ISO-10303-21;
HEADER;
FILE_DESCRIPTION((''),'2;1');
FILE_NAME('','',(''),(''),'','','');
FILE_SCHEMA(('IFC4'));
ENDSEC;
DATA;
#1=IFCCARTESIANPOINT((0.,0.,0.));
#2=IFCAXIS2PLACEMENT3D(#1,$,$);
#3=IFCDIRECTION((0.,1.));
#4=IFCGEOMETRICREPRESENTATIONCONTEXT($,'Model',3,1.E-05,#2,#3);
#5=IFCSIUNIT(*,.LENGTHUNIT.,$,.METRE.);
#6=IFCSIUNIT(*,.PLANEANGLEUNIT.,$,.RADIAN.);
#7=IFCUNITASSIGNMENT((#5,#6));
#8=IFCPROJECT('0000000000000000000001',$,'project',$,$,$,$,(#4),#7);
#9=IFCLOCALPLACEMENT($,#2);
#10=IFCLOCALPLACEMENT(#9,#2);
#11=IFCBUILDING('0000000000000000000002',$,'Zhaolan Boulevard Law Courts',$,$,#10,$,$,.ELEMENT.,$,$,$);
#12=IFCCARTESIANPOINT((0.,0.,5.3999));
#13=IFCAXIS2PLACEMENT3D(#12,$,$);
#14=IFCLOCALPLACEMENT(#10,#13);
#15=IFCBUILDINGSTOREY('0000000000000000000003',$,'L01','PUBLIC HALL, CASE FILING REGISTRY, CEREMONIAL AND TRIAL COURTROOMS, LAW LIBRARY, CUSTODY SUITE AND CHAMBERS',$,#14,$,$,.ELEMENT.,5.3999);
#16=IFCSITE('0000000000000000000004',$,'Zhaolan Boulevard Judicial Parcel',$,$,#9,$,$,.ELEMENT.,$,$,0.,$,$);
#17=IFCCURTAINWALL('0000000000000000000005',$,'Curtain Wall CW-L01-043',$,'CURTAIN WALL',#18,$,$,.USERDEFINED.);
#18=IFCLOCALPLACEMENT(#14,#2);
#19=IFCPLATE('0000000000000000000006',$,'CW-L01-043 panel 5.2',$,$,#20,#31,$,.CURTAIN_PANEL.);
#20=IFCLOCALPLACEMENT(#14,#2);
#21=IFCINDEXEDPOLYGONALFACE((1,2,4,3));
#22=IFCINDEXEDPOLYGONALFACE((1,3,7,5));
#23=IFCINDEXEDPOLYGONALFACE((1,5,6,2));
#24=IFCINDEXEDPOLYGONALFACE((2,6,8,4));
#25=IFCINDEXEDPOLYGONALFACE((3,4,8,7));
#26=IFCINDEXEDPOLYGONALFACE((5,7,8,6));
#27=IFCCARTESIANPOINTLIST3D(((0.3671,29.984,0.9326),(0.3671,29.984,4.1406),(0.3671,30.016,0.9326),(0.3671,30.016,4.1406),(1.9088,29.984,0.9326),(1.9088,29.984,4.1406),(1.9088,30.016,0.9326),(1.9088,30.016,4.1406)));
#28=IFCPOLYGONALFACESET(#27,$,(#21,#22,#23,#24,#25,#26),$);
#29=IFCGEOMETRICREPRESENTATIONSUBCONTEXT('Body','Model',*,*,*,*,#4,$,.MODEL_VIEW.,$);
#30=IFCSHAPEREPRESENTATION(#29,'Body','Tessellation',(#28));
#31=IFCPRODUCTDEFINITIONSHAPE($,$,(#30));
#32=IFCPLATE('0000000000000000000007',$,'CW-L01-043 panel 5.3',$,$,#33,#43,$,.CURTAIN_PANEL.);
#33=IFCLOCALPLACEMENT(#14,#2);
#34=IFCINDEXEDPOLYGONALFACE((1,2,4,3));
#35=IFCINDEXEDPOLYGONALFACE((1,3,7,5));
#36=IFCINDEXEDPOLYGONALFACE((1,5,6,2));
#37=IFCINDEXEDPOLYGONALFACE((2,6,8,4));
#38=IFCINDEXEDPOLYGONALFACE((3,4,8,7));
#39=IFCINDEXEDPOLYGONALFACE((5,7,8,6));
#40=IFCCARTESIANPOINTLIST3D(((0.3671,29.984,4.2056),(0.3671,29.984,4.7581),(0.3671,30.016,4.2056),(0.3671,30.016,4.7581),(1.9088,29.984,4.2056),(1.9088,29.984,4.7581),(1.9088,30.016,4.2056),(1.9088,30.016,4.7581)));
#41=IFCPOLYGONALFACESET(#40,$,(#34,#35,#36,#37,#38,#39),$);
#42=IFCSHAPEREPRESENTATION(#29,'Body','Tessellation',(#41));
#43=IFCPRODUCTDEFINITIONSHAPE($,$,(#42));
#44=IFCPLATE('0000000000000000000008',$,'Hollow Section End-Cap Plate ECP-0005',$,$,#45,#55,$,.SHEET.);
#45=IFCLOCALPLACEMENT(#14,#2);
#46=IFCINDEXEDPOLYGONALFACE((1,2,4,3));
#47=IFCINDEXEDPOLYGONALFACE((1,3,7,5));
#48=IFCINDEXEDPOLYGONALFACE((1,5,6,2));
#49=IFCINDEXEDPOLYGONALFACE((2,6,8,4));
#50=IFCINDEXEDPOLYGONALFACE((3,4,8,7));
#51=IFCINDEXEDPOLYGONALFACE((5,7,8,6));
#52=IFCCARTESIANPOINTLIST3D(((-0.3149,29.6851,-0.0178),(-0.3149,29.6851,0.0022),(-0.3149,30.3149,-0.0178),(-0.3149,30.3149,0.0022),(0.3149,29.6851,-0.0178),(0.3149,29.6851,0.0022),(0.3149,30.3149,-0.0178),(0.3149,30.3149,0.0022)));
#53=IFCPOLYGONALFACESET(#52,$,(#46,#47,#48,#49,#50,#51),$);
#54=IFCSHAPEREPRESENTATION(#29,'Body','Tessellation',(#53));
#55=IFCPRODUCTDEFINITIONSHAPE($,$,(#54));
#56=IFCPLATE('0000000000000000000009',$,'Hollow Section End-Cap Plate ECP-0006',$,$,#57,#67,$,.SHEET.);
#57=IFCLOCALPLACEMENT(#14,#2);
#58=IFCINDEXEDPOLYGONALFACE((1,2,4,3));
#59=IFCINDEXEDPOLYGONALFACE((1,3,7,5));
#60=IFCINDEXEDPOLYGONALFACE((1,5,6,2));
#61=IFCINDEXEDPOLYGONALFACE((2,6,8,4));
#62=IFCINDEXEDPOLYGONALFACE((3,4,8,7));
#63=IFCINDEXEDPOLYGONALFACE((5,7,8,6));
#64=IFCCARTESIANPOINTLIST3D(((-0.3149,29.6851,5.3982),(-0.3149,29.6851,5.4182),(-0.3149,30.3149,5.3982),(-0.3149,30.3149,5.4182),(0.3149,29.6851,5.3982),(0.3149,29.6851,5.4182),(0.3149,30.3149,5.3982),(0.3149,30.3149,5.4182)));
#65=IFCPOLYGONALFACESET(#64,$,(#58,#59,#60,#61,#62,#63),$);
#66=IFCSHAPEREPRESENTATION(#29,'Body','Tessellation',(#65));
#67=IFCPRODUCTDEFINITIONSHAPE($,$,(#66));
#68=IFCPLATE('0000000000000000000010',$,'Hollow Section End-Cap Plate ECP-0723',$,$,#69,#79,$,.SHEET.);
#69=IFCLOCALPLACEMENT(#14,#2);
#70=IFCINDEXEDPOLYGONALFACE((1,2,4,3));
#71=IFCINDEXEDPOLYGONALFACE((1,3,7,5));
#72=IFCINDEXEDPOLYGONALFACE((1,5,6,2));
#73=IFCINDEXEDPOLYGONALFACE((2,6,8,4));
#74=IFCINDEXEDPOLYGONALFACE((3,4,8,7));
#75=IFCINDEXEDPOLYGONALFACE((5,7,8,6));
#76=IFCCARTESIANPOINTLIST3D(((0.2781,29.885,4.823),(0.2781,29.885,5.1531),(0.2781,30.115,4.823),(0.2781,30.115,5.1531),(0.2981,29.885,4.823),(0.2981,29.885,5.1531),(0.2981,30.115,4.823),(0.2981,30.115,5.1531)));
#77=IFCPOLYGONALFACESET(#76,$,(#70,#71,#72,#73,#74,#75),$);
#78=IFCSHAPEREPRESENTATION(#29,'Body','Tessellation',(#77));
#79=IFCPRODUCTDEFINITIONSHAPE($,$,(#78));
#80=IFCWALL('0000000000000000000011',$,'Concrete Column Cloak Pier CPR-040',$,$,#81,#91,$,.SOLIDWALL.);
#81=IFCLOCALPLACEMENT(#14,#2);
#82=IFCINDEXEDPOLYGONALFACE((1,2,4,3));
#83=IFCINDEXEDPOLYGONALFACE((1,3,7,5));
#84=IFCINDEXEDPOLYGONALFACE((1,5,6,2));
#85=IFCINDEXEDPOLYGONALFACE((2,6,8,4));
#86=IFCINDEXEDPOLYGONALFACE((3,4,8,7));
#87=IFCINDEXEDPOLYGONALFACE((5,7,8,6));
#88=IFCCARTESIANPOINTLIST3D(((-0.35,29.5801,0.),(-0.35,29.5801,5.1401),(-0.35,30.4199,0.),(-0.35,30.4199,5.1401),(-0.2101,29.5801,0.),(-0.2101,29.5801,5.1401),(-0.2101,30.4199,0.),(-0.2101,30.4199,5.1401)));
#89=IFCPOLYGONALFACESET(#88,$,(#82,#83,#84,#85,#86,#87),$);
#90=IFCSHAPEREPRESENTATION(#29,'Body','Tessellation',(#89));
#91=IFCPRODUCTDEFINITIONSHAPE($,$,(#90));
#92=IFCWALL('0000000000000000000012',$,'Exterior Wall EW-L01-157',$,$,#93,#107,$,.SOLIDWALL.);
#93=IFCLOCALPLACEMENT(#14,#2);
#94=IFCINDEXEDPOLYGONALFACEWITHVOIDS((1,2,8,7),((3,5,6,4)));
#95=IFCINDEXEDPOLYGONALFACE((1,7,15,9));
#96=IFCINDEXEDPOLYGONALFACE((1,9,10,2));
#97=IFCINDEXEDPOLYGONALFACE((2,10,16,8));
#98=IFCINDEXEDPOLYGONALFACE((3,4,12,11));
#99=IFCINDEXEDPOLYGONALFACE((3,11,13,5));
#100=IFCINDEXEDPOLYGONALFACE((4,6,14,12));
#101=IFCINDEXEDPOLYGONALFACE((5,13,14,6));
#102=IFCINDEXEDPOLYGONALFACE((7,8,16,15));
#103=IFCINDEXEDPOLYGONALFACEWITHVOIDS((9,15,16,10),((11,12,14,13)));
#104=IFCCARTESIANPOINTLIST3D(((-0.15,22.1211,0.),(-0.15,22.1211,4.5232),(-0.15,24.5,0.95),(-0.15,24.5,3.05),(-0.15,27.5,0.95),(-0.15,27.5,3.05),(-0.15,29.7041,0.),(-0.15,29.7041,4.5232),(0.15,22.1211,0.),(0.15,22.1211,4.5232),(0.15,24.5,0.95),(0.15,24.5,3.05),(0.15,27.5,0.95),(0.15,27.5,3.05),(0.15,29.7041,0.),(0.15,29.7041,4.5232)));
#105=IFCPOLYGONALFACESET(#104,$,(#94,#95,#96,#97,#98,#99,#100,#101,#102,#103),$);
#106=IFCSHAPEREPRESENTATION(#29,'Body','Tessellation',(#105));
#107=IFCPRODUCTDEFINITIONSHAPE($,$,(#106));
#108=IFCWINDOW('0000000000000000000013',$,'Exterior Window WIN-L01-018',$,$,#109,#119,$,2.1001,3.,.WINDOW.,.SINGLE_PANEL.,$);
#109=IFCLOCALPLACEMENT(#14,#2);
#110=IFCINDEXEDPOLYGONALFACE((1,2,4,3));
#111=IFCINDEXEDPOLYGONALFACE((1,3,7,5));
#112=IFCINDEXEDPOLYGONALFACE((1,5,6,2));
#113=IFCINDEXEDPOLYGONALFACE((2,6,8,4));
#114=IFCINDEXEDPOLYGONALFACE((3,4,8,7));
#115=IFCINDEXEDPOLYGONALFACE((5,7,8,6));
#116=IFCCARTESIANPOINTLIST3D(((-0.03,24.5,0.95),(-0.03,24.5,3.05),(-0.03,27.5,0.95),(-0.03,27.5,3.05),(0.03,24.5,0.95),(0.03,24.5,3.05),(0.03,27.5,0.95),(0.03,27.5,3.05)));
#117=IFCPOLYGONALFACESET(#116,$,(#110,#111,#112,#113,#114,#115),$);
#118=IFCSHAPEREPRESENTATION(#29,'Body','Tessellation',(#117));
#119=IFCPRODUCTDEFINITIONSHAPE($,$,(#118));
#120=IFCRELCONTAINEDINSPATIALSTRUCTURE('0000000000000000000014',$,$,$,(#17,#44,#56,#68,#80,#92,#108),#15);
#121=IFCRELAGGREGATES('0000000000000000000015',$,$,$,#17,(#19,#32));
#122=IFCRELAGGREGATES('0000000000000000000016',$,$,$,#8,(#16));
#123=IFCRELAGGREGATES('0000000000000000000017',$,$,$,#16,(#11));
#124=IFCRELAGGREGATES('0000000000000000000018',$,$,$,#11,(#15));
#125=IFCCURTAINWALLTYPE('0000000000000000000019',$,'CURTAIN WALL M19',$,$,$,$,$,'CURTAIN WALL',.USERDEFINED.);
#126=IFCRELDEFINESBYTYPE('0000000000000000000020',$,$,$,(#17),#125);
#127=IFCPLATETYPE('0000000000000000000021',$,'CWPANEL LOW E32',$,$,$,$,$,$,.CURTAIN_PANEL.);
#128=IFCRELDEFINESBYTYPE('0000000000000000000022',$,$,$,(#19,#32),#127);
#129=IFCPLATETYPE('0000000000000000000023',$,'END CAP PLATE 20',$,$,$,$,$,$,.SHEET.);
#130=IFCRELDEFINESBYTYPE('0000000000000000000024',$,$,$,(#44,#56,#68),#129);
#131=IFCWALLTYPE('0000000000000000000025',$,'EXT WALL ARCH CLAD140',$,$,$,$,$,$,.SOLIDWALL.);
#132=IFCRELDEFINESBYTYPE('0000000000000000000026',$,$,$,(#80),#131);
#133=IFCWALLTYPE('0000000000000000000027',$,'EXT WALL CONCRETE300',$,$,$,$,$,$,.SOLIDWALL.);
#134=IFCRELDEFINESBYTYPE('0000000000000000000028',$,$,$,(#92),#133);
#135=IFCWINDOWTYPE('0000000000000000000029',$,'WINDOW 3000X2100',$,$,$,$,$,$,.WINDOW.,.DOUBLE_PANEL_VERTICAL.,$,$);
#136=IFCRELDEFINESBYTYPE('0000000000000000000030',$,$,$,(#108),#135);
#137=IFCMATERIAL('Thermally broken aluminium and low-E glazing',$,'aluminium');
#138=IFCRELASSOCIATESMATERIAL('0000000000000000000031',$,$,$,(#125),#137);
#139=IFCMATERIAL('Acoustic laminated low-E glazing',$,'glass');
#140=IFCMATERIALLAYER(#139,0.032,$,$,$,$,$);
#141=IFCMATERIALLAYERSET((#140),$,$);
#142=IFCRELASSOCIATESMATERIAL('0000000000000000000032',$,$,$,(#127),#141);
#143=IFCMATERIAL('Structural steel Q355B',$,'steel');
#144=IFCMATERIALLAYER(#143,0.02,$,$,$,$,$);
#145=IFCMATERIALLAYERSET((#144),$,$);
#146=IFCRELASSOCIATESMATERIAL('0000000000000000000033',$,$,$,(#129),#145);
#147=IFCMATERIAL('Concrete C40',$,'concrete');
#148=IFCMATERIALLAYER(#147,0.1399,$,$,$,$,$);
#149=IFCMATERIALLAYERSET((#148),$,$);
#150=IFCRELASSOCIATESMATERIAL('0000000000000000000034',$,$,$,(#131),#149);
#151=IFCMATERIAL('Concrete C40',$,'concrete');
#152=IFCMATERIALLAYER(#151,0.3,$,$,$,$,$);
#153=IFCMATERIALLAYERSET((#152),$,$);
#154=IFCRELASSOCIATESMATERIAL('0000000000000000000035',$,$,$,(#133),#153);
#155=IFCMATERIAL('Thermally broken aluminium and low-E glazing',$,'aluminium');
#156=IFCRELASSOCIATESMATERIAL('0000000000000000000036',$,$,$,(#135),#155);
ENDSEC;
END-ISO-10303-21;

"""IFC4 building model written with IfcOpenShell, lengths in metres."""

from ifc_helpers import new_model, si_unit, direction, frame, frame_2d, origin, origin_2d, place, context, subcontext, project, spatial, rectangle, extrude, material, layer, layer_set, type_object, element, fill, aggregate, save


model = new_model("IFC4")

# Units and contexts
model_context = context("Model", 3, precision=1e-05, world=origin(), true_north=direction((0.0, 1.0)))
body_context = subcontext(model_context, "Body", "Model", "MODEL_VIEW")
ifc_project = project(units=[si_unit("LENGTHUNIT", "METRE"), si_unit("PLANEANGLEUNIT", "RADIAN")], contexts=[model_context])

# Site, building, storey
site_placement = place(None, origin())
site = spatial("IfcSite", under=ifc_project, at=site_placement, Name="Zhaolan Boulevard Judicial Parcel", CompositionType="ELEMENT", RefElevation=0.0)
building_placement = place(site_placement, origin())
building = spatial("IfcBuilding", under=site, at=building_placement, Name="Zhaolan Boulevard Law Courts", CompositionType="ELEMENT")
storey_placement = place(building_placement, frame((0.0, 0.0, 5.3999)))
storey = spatial("IfcBuildingStorey", under=building, at=storey_placement, Name="L01", Description="PUBLIC HALL, CASE FILING REGISTRY, CEREMONIAL AND TRIAL COURTROOMS, LAW LIBRARY, CUSTODY SUITE AND CHAMBERS", CompositionType="ELEMENT", Elevation=5.3999)

# Curtain wall
ifc_material_1 = material(Name="Thermally broken aluminium and low-E glazing", Category="aluminium")
curtain_wall_type = type_object("IfcCurtainWallType", Name="CURTAIN WALL M19", ElementType="CURTAIN WALL", PredefinedType="USERDEFINED", material=ifc_material_1)
curtain_wall_placement = place(storey_placement, origin())
curtain_wall = element("IfcCurtainWall", 1, at=curtain_wall_placement, inside=storey, type_object=curtain_wall_type, Name="Curtain Wall CW-L01-043", ObjectType="CURTAIN WALL", PredefinedType="USERDEFINED")

# Plates
ifc_material_2 = material(Name="Acoustic laminated low-E glazing", Category="glass")
ifc_layer_1 = layer(ifc_material_2, 0.032)
ifc_layer_set_1 = layer_set([ifc_layer_1])
plate_type_1 = type_object("IfcPlateType", Name="CWPANEL LOW E32", PredefinedType="CURTAIN_PANEL", material=ifc_layer_set_1)
plate_1_placement = place(storey_placement, frame((1.1379, 30.0, 0.9326), z_axis=(0.0, 0.0, 1.0), x_axis=(-1.0, 0.0, 0.0)))
plate_1 = element("IfcPlate", 2, at=plate_1_placement, type_object=plate_type_1, Name="CW-L01-043 panel 5.2", PredefinedType="CURTAIN_PANEL", context=body_context, shape_type="SweptSolid", body=[
    extrude(rectangle(XDim=1.5417, YDim=0.032, at=origin_2d()), origin(), (0.0, 0.0, 1.0), 3.208),
])
plate_2_placement = place(storey_placement, frame((1.1379, 30.0, 4.2056), z_axis=(0.0, 0.0, 1.0), x_axis=(-1.0, 0.0, 0.0)))
plate_2 = element("IfcPlate", 3, at=plate_2_placement, type_object=plate_type_1, Name="CW-L01-043 panel 5.3", PredefinedType="CURTAIN_PANEL", context=body_context, shape_type="SweptSolid", body=[
    extrude(rectangle(XDim=1.5417, YDim=0.032, at=origin_2d()), origin(), (0.0, 0.0, 1.0), 0.5525),
])
aggregate(curtain_wall, [plate_1, plate_2])

# Plates
ifc_material_3 = material(Name="Structural steel Q355B", Category="steel")
ifc_layer_2 = layer(ifc_material_3, 0.02)
ifc_layer_set_2 = layer_set([ifc_layer_2])
plate_type_2 = type_object("IfcPlateType", Name="END CAP PLATE 20", PredefinedType="SHEET", material=ifc_layer_set_2)
for number, where, z_axis, x_axis, name in (
    (4, (0.0, 30.0, -0.0178), (0.0, 0.0, 1.0), (1.0, 0.0, 0.0), "Hollow Section End-Cap Plate ECP-0005"),
    (5, (0.0, 30.0, 5.3982), (0.0, 0.0, 1.0), (1.0, 0.0, 0.0), "Hollow Section End-Cap Plate ECP-0006"),
):
    element("IfcPlate", number, at=place(storey_placement, frame(where, z_axis=z_axis, x_axis=x_axis)), inside=storey, type_object=plate_type_2, Name=name, PredefinedType="SHEET", context=body_context, shape_type="SweptSolid", body=[
        extrude(rectangle(XDim=0.6299, YDim=0.6299, at=origin_2d()), origin(), (0.0, 0.0, 1.0), 0.02),
    ])
plate_3_placement = place(storey_placement, frame((0.2881, 30.0, 4.823), z_axis=(0.0, 0.0, 1.0), x_axis=(1.0, 0.0, 0.0)))
element("IfcPlate", 6, at=plate_3_placement, inside=storey, type_object=plate_type_2, Name="Hollow Section End-Cap Plate ECP-0723", PredefinedType="SHEET", context=body_context, shape_type="SweptSolid", body=[
    extrude(rectangle(XDim=0.02, YDim=0.23, at=origin_2d()), origin(), (0.0, 0.0, 1.0), 0.3301),
])

# Wall
ifc_material_4 = material(Name="Concrete C40", Category="concrete")
ifc_layer_3 = layer(ifc_material_4, 0.1399)
ifc_layer_set_3 = layer_set([ifc_layer_3])
wall_type_1 = type_object("IfcWallType", Name="EXT WALL ARCH CLAD140", PredefinedType="SOLIDWALL", material=ifc_layer_set_3)
wall_1_placement = place(storey_placement, frame((-0.28, 29.5801, 0.0), z_axis=(0.0, 0.0, 1.0), x_axis=(0.0, 1.0, 0.0)))
element("IfcWall", 7, at=wall_1_placement, inside=storey, type_object=wall_type_1, Name="Concrete Column Cloak Pier CPR-040", PredefinedType="SOLIDWALL", context=body_context, shape_type="SweptSolid", body=[
    extrude(rectangle(XDim=0.8398, YDim=0.1399, at=frame_2d((0.4199, 0.0))), origin(), (0.0, 0.0, 1.0), 5.1401),
])

# Wall, opening, window
ifc_material_5 = material(Name="Concrete C40", Category="concrete")
ifc_layer_4 = layer(ifc_material_5, 0.3)
ifc_layer_set_4 = layer_set([ifc_layer_4])
wall_type_2 = type_object("IfcWallType", Name="EXT WALL CONCRETE300", PredefinedType="SOLIDWALL", material=ifc_layer_set_4)
wall_2_placement = place(storey_placement, frame((0.0, 29.7041, 0.0), z_axis=(0.0, 0.0, 1.0), x_axis=(0.0, -1.0, 0.0)))
wall_2 = element("IfcWall", 8, at=wall_2_placement, inside=storey, type_object=wall_type_2, Name="Exterior Wall EW-L01-157", PredefinedType="SOLIDWALL", context=body_context, shape_type="SweptSolid", body=[
    extrude(rectangle(XDim=7.583, YDim=0.3, at=frame_2d((3.7915, 0.0))), origin(), (0.0, 0.0, 1.0), 4.5232),
])
opening_placement = place(wall_2_placement, frame((2.2041, 0.0, 0.95)))
opening = element("IfcOpeningElement", 9, at=opening_placement, cuts=wall_2, PredefinedType="OPENING", context=body_context, shape_type="SweptSolid", body=[
    extrude(rectangle(XDim=3.0, YDim=2.1001, at=frame_2d((1.5, 1.05))), frame((0.0, 0.1599, 0.0), z_axis=(0.0, -1.0, 0.0), x_axis=(1.0, 0.0, 0.0)), (0.0, 0.0, 1.0), 0.3201),
])
ifc_material_6 = material(Name="Thermally broken aluminium and low-E glazing", Category="aluminium")
window_type = type_object("IfcWindowType", Name="WINDOW 3000X2100", PartitioningType="DOUBLE_PANEL_VERTICAL", PredefinedType="WINDOW", material=ifc_material_6)
window_placement = place(opening_placement, origin())
window = element("IfcWindow", 10, at=window_placement, inside=storey, type_object=window_type, Name="Exterior Window WIN-L01-018", OverallHeight=2.1001, OverallWidth=3.0, PartitioningType="SINGLE_PANEL", PredefinedType="WINDOW", context=body_context, shape_type="SweptSolid", body=[
    extrude(rectangle(XDim=3.0, YDim=2.1001, at=frame_2d((1.5, 1.05))), frame((0.0, 0.03, 0.0), z_axis=(0.0, -1.0, 0.0), x_axis=(1.0, 0.0, 0.0)), (0.0, 0.0, 1.0), 0.0601),
])
fill(opening, window)

save(model, "model.ifc")
